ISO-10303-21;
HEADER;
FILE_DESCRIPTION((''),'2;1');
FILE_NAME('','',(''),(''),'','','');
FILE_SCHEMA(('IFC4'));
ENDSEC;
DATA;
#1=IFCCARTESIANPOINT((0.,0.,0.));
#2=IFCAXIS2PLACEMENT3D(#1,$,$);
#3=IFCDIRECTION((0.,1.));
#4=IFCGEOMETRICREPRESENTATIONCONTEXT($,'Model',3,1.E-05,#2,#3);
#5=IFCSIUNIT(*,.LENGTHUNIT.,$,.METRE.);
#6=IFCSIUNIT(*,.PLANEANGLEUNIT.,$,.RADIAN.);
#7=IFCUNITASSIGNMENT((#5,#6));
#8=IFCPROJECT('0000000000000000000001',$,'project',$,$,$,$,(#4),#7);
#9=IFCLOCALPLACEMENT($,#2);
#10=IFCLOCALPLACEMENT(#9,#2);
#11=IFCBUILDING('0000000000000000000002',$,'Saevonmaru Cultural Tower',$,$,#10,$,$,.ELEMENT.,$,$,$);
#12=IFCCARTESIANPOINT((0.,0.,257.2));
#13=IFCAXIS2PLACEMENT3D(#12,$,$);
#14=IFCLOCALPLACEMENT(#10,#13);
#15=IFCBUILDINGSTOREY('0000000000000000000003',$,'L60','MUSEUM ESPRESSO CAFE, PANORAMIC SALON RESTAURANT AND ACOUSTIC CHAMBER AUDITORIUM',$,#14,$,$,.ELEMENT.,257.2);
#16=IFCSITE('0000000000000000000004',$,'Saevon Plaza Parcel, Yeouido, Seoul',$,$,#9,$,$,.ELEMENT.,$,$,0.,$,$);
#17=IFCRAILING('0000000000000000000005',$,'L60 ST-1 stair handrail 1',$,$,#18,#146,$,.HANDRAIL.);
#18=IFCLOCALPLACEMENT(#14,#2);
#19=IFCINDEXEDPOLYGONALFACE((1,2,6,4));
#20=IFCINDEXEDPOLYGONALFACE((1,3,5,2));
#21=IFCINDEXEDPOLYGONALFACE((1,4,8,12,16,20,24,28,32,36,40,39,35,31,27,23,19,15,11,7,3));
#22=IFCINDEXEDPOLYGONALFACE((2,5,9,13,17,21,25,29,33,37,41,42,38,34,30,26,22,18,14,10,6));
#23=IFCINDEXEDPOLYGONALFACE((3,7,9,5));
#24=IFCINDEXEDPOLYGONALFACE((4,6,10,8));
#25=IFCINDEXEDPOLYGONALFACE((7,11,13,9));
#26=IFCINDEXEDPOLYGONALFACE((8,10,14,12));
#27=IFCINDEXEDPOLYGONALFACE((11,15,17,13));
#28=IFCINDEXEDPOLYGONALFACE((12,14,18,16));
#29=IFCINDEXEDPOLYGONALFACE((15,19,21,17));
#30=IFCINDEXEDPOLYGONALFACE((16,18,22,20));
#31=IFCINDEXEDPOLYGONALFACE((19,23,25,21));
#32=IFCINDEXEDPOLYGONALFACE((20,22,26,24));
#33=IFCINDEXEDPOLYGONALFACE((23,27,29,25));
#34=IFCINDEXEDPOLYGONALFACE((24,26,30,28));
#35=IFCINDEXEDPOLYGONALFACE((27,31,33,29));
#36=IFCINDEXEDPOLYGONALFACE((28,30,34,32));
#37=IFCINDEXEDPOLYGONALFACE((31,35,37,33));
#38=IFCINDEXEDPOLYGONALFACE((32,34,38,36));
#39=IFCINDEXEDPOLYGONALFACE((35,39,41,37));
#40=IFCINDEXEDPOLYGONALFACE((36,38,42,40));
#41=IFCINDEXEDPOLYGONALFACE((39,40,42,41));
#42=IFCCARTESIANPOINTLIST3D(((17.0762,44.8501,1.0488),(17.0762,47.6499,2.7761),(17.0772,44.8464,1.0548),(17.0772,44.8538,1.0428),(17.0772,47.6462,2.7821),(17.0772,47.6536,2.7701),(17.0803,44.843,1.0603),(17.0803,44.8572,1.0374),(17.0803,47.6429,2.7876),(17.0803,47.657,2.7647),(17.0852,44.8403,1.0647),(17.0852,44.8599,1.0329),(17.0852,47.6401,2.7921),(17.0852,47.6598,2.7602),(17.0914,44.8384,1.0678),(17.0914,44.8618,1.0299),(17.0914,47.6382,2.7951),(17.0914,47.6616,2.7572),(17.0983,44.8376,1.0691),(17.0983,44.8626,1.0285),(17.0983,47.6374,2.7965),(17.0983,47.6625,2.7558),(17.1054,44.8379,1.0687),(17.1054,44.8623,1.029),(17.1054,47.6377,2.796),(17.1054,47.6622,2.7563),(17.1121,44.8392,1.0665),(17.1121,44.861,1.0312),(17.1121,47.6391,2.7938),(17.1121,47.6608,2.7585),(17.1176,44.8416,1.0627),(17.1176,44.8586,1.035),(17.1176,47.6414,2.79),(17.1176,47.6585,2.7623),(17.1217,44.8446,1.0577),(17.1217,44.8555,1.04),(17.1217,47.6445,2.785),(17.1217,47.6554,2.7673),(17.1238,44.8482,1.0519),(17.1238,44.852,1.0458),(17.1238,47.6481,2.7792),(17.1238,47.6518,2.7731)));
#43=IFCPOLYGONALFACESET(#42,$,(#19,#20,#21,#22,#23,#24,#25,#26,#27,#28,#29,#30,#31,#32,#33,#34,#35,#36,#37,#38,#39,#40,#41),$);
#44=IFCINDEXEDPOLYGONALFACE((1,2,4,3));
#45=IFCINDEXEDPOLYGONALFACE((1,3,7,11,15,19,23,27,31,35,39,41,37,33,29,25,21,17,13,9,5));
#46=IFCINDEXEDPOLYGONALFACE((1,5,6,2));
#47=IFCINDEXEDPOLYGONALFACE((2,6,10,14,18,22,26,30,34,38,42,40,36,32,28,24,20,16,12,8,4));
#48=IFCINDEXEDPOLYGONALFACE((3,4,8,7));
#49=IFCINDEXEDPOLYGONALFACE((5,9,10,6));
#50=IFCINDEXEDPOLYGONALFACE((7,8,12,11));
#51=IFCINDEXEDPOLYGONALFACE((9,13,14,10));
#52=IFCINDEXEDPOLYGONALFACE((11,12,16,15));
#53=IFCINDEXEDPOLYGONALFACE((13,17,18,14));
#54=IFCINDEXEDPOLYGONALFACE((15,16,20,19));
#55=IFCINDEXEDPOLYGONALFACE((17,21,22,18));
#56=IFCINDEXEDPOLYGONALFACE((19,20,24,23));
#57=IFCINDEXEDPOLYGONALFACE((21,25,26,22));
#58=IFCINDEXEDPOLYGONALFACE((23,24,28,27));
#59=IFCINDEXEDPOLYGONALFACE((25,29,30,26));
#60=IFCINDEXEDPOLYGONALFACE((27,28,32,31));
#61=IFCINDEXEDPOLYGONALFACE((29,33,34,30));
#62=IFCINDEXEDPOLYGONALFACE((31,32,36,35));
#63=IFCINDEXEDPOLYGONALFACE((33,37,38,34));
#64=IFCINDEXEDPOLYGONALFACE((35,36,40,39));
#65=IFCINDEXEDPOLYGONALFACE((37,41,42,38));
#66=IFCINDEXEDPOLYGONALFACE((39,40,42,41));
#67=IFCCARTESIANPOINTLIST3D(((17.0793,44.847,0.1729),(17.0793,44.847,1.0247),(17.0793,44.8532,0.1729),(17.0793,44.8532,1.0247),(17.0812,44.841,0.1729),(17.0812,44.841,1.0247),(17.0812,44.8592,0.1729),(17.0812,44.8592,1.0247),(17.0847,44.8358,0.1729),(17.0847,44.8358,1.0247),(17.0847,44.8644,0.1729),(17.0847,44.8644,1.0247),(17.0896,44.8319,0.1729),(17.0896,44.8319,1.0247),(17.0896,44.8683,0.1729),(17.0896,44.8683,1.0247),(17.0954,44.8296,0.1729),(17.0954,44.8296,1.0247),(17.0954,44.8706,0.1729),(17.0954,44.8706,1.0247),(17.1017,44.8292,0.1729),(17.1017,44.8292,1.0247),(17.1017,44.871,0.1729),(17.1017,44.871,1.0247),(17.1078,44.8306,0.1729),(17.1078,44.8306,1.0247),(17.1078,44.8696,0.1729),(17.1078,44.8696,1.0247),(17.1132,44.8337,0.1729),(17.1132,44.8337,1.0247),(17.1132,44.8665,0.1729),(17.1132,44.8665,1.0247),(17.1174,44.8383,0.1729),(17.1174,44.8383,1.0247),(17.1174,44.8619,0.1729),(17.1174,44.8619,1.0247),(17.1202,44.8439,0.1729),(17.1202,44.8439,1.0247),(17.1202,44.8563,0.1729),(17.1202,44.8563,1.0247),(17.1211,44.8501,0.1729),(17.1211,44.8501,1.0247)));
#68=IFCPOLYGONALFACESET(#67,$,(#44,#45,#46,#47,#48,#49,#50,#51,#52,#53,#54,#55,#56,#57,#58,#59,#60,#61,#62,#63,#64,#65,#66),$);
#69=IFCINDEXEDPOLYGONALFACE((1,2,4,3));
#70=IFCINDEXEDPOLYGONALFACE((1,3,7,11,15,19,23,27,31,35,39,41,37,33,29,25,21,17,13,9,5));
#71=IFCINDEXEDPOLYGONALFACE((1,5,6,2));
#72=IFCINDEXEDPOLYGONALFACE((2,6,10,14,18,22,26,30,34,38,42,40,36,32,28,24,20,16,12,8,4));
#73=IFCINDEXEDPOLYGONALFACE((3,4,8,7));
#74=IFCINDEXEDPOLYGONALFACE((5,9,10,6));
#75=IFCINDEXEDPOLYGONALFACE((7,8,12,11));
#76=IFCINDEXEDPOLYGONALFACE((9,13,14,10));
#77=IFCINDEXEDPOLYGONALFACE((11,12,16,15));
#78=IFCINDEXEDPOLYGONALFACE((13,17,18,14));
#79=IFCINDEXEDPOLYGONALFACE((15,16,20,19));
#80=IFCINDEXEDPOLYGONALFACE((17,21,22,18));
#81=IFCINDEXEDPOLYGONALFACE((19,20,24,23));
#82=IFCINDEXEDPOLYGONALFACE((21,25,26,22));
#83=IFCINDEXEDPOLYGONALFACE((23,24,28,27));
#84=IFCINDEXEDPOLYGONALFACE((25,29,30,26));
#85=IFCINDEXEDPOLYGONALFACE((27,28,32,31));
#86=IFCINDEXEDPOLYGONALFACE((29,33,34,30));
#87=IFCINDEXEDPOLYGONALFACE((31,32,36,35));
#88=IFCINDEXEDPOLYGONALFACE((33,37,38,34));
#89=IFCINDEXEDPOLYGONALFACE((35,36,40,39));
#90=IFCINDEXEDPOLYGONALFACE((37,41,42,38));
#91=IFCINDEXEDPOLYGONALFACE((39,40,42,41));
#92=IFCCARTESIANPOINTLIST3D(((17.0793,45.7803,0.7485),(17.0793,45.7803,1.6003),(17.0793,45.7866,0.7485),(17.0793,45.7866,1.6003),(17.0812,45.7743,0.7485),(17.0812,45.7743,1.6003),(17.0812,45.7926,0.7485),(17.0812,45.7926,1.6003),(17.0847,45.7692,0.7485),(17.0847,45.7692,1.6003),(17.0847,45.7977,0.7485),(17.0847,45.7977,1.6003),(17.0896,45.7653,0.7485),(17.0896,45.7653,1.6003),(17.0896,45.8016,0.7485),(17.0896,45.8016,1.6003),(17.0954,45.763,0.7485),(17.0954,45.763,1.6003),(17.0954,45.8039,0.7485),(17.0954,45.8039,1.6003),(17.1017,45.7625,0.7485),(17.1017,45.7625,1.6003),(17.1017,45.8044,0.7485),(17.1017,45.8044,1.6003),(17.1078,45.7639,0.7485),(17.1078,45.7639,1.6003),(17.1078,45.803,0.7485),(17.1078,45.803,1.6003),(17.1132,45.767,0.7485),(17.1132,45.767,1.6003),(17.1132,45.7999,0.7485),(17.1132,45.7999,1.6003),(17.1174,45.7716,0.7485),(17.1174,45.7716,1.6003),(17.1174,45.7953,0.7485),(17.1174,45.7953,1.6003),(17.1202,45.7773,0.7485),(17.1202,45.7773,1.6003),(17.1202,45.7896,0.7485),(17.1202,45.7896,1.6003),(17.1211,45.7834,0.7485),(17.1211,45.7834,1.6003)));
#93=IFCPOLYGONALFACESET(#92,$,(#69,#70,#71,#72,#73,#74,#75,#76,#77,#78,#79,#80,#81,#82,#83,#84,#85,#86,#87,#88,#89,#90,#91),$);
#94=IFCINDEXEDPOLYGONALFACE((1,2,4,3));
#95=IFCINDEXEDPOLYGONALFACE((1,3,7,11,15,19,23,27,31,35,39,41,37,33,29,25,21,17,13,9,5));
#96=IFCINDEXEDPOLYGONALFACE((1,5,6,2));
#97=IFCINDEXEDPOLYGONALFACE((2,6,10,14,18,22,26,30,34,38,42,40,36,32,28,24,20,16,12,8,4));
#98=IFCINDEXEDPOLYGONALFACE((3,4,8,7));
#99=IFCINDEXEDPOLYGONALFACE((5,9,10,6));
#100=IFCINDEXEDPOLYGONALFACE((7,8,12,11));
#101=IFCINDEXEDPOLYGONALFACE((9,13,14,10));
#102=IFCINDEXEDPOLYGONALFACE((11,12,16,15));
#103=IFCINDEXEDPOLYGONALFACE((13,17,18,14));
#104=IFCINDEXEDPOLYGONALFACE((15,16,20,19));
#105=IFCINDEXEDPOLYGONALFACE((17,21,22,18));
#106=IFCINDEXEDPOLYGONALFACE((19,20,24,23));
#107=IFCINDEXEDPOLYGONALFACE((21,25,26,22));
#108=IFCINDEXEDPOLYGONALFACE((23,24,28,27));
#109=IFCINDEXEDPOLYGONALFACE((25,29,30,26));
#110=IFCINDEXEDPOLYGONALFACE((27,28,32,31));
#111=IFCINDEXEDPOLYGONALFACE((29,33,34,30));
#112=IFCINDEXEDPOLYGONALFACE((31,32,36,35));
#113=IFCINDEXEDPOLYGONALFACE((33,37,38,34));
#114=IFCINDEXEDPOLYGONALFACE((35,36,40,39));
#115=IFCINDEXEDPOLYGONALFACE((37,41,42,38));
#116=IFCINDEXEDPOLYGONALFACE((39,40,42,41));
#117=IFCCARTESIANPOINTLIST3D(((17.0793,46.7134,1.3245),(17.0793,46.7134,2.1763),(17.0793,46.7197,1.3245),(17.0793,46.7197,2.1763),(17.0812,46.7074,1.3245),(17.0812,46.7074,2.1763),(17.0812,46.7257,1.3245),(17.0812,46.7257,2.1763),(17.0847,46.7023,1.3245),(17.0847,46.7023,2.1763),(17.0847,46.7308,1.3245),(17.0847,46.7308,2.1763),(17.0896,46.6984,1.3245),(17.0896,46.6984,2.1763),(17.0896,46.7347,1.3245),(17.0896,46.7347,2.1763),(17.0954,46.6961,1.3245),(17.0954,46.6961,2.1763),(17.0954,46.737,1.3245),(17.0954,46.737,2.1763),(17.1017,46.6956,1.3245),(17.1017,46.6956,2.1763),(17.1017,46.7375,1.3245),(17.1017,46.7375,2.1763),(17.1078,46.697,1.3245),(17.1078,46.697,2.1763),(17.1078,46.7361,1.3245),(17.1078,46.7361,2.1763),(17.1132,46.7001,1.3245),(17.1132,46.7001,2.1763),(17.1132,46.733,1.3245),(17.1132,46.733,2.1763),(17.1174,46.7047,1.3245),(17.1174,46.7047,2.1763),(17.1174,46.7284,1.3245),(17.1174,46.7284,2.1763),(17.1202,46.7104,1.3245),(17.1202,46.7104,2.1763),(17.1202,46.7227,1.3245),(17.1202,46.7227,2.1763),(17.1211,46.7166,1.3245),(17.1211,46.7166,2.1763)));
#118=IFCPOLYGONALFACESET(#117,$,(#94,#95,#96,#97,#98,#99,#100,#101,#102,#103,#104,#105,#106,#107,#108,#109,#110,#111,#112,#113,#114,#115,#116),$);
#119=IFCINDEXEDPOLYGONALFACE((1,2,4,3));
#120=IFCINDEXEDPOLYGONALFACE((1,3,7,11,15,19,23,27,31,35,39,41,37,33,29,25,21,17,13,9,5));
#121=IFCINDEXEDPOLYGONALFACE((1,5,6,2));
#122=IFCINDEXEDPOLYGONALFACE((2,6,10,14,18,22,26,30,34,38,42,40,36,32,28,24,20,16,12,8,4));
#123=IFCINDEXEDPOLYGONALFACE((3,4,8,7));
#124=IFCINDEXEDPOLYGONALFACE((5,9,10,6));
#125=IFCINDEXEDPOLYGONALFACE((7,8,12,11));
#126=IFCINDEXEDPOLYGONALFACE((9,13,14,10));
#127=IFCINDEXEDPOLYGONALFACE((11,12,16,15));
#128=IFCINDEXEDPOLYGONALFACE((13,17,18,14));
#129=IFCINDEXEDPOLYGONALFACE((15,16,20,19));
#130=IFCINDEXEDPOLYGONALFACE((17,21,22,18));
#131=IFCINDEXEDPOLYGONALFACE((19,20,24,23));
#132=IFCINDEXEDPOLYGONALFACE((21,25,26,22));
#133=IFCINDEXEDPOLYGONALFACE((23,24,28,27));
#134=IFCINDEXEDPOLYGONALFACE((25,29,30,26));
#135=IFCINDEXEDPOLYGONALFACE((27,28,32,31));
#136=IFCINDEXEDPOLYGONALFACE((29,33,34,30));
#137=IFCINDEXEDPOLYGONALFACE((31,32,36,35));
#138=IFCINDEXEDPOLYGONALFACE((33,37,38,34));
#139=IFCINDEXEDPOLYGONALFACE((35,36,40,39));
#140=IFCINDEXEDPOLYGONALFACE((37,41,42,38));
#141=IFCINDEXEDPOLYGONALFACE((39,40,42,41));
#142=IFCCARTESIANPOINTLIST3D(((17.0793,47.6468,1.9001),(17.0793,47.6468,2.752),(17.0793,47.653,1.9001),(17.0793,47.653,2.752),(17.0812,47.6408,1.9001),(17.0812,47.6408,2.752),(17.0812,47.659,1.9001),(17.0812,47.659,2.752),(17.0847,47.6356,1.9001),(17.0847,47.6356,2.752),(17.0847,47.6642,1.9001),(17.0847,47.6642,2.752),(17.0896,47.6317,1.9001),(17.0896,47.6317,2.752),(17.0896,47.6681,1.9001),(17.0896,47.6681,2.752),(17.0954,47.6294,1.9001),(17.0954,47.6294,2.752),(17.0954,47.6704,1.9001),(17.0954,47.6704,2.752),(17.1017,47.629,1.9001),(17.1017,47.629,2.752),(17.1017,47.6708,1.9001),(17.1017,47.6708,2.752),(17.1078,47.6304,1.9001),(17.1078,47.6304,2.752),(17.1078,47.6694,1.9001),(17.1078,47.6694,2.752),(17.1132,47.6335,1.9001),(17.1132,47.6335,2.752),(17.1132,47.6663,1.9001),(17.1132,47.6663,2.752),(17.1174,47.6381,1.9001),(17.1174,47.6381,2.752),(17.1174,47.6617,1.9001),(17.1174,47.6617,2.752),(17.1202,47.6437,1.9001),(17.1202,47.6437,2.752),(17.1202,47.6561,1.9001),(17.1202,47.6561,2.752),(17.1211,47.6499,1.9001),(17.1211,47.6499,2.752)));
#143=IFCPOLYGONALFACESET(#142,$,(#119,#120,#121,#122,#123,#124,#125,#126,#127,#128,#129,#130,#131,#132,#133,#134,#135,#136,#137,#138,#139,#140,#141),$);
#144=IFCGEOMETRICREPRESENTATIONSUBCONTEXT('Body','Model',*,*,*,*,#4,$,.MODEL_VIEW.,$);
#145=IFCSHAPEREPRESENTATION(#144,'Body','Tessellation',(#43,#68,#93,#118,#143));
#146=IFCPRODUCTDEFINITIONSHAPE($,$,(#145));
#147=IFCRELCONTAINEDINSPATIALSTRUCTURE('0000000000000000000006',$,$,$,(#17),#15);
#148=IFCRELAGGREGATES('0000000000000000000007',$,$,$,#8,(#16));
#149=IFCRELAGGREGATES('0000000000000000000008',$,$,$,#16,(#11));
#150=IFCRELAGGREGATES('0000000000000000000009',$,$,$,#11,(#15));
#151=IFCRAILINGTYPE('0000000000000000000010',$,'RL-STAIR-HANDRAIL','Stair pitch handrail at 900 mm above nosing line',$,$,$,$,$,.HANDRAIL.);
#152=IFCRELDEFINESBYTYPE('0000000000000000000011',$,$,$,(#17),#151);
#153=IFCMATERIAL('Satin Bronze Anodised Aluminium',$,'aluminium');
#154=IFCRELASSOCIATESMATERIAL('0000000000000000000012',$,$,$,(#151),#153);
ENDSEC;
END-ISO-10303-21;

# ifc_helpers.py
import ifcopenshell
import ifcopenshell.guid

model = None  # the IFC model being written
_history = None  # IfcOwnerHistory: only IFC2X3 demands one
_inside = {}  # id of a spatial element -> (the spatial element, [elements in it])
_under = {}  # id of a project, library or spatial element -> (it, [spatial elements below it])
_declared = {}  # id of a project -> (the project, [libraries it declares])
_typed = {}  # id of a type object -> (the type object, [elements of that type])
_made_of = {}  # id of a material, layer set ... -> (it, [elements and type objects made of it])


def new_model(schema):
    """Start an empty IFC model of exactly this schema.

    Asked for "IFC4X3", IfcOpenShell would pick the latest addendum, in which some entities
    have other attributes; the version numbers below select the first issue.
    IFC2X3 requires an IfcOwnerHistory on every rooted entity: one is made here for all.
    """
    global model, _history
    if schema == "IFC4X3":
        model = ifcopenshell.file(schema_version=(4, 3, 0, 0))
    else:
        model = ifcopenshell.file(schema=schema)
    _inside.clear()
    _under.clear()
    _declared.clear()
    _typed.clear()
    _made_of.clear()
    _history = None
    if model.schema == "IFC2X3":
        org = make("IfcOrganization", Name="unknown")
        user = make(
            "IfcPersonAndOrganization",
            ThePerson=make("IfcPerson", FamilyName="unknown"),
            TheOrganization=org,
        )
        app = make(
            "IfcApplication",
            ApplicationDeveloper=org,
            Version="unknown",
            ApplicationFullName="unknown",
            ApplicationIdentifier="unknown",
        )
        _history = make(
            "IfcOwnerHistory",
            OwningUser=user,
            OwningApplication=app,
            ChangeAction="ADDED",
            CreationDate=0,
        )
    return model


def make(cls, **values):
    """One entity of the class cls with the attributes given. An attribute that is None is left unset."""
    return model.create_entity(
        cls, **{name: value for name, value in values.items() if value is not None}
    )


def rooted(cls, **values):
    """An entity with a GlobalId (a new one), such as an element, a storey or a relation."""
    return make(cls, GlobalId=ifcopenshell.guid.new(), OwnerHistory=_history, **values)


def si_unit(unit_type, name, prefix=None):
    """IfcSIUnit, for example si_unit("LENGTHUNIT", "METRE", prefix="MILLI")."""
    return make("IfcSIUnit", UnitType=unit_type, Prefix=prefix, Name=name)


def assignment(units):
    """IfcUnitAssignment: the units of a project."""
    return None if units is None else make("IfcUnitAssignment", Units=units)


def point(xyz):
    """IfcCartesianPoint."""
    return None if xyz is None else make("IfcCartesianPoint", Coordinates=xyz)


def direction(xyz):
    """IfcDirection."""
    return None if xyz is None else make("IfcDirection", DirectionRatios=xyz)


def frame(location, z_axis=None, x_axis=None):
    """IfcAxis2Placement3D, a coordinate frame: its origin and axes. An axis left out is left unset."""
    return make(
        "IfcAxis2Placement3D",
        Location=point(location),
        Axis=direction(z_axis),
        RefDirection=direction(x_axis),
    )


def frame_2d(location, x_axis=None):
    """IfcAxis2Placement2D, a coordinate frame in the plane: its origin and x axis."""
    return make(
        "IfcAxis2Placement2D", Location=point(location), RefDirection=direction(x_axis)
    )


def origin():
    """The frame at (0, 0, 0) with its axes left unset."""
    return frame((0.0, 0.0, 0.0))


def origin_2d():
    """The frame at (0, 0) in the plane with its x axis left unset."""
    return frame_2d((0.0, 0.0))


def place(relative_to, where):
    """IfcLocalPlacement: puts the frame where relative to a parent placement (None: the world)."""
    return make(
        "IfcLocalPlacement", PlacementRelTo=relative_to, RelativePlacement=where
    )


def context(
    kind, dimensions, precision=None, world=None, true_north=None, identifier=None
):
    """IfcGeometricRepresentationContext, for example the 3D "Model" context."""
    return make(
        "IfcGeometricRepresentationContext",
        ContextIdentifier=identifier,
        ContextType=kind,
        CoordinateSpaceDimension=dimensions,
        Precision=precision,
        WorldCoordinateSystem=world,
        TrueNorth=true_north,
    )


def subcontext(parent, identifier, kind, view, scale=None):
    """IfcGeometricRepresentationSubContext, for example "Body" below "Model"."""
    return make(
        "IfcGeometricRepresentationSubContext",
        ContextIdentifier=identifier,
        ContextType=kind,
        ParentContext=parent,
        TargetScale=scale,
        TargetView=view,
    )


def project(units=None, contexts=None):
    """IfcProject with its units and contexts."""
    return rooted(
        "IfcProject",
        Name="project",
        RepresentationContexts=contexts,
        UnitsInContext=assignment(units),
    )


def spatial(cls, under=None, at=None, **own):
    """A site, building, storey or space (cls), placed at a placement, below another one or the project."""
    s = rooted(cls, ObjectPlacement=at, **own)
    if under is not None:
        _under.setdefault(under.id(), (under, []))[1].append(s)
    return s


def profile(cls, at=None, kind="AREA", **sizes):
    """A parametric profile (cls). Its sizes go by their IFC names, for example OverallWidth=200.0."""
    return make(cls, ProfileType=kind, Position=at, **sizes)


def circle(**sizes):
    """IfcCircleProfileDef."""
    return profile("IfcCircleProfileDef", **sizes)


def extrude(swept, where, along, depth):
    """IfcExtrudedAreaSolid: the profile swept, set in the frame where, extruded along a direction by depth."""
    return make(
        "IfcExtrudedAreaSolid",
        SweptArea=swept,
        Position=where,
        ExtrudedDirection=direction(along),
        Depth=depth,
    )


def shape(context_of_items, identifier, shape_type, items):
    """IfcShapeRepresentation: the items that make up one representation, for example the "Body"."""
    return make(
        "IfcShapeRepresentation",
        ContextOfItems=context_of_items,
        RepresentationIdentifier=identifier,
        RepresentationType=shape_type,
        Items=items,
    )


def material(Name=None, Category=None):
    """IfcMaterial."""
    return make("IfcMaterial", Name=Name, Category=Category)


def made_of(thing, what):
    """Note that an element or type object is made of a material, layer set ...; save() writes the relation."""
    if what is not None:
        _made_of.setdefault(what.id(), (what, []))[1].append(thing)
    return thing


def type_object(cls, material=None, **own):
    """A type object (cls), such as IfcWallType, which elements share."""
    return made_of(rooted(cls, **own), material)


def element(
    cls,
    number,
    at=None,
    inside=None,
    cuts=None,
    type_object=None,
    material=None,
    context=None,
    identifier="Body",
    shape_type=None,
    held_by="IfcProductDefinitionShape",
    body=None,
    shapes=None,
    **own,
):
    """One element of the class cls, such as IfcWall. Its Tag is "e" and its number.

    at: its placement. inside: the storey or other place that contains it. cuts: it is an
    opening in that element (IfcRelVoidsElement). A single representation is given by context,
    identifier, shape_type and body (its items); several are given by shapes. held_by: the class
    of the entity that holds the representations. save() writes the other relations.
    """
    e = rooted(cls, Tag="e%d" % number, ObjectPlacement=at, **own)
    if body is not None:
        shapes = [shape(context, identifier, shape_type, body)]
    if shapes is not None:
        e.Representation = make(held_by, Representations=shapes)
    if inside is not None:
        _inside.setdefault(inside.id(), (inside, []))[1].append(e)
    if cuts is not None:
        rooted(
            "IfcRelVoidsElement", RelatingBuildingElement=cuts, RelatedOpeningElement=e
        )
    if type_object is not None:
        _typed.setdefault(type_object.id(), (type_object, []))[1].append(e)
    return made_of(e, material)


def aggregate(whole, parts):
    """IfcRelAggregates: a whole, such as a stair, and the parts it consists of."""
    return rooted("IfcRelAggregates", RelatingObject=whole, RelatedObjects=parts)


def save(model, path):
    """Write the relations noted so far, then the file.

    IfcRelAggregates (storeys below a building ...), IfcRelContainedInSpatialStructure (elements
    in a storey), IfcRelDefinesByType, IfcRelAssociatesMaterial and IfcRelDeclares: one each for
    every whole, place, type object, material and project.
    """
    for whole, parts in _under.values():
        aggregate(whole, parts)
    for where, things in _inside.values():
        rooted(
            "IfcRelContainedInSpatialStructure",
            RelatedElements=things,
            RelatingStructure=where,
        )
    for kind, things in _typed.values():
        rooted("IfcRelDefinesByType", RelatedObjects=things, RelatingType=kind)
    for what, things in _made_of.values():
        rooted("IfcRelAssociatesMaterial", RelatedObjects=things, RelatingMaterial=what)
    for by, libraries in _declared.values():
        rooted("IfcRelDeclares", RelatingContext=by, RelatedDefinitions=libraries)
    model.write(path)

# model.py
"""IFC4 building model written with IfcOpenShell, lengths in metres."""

from ifc_helpers import new_model, si_unit, direction, frame, origin, origin_2d, place, context, subcontext, project, spatial, circle, extrude, material, type_object, element, save


model = new_model("IFC4")

# Units and contexts
model_context = context("Model", 3, precision=1e-05, world=origin(), true_north=direction((0.0, 1.0)))
body_context = subcontext(model_context, "Body", "Model", "MODEL_VIEW")
ifc_project = project(units=[si_unit("LENGTHUNIT", "METRE"), si_unit("PLANEANGLEUNIT", "RADIAN")], contexts=[model_context])

# Site, building, storey
site_placement = place(None, origin())
site = spatial("IfcSite", under=ifc_project, at=site_placement, Name="Saevon Plaza Parcel, Yeouido, Seoul", CompositionType="ELEMENT", RefElevation=0.0)
building_placement = place(site_placement, origin())
building = spatial("IfcBuilding", under=site, at=building_placement, Name="Saevonmaru Cultural Tower", CompositionType="ELEMENT")
storey_placement = place(building_placement, frame((0.0, 0.0, 257.2)))
storey = spatial("IfcBuildingStorey", under=building, at=storey_placement, Name="L60", Description="MUSEUM ESPRESSO CAFE, PANORAMIC SALON RESTAURANT AND ACOUSTIC CHAMBER AUDITORIUM", CompositionType="ELEMENT", Elevation=257.2)

# Shared definitions
ifc_material_1 = material(Name="Satin Bronze Anodised Aluminium", Category="aluminium")

# Railing
railing_type_1 = type_object("IfcRailingType", Name="RL-STAIR-HANDRAIL", Description="Stair pitch handrail at 900 mm above nosing line", PredefinedType="HANDRAIL", material=ifc_material_1)
railing_1_placement = place(storey_placement, frame((17.1001, 44.8501, 0.1729)))
element("IfcRailing", 1, at=railing_1_placement, inside=storey, type_object=railing_type_1, Name="L60 ST-1 stair handrail 1", PredefinedType="HANDRAIL", context=body_context, shape_type="SweptSolid", body=[
    extrude(circle(Radius=0.0239, at=origin_2d()), frame((0.0, 0.0, 0.876), z_axis=(0.0, 0.851069, 0.525054), x_axis=(-1.0, 0.0, 0.0)), (0.0, 0.0, 1.0), 3.2898),
    extrude(circle(Radius=0.021, at=origin_2d()), origin(), (0.0, 0.0, 1.0), 0.8518),
    extrude(circle(Radius=0.021, at=origin_2d()), frame((0.0, 0.9333, 0.5757)), (0.0, 0.0, 1.0), 0.8518),
    extrude(circle(Radius=0.021, at=origin_2d()), frame((0.0, 1.8665, 1.1516)), (0.0, 0.0, 1.0), 0.8518),
    extrude(circle(Radius=0.021, at=origin_2d()), frame((0.0, 2.7998, 1.7273)), (0.0, 0.0, 1.0), 0.8518),
])

save(model, "model.ifc")
